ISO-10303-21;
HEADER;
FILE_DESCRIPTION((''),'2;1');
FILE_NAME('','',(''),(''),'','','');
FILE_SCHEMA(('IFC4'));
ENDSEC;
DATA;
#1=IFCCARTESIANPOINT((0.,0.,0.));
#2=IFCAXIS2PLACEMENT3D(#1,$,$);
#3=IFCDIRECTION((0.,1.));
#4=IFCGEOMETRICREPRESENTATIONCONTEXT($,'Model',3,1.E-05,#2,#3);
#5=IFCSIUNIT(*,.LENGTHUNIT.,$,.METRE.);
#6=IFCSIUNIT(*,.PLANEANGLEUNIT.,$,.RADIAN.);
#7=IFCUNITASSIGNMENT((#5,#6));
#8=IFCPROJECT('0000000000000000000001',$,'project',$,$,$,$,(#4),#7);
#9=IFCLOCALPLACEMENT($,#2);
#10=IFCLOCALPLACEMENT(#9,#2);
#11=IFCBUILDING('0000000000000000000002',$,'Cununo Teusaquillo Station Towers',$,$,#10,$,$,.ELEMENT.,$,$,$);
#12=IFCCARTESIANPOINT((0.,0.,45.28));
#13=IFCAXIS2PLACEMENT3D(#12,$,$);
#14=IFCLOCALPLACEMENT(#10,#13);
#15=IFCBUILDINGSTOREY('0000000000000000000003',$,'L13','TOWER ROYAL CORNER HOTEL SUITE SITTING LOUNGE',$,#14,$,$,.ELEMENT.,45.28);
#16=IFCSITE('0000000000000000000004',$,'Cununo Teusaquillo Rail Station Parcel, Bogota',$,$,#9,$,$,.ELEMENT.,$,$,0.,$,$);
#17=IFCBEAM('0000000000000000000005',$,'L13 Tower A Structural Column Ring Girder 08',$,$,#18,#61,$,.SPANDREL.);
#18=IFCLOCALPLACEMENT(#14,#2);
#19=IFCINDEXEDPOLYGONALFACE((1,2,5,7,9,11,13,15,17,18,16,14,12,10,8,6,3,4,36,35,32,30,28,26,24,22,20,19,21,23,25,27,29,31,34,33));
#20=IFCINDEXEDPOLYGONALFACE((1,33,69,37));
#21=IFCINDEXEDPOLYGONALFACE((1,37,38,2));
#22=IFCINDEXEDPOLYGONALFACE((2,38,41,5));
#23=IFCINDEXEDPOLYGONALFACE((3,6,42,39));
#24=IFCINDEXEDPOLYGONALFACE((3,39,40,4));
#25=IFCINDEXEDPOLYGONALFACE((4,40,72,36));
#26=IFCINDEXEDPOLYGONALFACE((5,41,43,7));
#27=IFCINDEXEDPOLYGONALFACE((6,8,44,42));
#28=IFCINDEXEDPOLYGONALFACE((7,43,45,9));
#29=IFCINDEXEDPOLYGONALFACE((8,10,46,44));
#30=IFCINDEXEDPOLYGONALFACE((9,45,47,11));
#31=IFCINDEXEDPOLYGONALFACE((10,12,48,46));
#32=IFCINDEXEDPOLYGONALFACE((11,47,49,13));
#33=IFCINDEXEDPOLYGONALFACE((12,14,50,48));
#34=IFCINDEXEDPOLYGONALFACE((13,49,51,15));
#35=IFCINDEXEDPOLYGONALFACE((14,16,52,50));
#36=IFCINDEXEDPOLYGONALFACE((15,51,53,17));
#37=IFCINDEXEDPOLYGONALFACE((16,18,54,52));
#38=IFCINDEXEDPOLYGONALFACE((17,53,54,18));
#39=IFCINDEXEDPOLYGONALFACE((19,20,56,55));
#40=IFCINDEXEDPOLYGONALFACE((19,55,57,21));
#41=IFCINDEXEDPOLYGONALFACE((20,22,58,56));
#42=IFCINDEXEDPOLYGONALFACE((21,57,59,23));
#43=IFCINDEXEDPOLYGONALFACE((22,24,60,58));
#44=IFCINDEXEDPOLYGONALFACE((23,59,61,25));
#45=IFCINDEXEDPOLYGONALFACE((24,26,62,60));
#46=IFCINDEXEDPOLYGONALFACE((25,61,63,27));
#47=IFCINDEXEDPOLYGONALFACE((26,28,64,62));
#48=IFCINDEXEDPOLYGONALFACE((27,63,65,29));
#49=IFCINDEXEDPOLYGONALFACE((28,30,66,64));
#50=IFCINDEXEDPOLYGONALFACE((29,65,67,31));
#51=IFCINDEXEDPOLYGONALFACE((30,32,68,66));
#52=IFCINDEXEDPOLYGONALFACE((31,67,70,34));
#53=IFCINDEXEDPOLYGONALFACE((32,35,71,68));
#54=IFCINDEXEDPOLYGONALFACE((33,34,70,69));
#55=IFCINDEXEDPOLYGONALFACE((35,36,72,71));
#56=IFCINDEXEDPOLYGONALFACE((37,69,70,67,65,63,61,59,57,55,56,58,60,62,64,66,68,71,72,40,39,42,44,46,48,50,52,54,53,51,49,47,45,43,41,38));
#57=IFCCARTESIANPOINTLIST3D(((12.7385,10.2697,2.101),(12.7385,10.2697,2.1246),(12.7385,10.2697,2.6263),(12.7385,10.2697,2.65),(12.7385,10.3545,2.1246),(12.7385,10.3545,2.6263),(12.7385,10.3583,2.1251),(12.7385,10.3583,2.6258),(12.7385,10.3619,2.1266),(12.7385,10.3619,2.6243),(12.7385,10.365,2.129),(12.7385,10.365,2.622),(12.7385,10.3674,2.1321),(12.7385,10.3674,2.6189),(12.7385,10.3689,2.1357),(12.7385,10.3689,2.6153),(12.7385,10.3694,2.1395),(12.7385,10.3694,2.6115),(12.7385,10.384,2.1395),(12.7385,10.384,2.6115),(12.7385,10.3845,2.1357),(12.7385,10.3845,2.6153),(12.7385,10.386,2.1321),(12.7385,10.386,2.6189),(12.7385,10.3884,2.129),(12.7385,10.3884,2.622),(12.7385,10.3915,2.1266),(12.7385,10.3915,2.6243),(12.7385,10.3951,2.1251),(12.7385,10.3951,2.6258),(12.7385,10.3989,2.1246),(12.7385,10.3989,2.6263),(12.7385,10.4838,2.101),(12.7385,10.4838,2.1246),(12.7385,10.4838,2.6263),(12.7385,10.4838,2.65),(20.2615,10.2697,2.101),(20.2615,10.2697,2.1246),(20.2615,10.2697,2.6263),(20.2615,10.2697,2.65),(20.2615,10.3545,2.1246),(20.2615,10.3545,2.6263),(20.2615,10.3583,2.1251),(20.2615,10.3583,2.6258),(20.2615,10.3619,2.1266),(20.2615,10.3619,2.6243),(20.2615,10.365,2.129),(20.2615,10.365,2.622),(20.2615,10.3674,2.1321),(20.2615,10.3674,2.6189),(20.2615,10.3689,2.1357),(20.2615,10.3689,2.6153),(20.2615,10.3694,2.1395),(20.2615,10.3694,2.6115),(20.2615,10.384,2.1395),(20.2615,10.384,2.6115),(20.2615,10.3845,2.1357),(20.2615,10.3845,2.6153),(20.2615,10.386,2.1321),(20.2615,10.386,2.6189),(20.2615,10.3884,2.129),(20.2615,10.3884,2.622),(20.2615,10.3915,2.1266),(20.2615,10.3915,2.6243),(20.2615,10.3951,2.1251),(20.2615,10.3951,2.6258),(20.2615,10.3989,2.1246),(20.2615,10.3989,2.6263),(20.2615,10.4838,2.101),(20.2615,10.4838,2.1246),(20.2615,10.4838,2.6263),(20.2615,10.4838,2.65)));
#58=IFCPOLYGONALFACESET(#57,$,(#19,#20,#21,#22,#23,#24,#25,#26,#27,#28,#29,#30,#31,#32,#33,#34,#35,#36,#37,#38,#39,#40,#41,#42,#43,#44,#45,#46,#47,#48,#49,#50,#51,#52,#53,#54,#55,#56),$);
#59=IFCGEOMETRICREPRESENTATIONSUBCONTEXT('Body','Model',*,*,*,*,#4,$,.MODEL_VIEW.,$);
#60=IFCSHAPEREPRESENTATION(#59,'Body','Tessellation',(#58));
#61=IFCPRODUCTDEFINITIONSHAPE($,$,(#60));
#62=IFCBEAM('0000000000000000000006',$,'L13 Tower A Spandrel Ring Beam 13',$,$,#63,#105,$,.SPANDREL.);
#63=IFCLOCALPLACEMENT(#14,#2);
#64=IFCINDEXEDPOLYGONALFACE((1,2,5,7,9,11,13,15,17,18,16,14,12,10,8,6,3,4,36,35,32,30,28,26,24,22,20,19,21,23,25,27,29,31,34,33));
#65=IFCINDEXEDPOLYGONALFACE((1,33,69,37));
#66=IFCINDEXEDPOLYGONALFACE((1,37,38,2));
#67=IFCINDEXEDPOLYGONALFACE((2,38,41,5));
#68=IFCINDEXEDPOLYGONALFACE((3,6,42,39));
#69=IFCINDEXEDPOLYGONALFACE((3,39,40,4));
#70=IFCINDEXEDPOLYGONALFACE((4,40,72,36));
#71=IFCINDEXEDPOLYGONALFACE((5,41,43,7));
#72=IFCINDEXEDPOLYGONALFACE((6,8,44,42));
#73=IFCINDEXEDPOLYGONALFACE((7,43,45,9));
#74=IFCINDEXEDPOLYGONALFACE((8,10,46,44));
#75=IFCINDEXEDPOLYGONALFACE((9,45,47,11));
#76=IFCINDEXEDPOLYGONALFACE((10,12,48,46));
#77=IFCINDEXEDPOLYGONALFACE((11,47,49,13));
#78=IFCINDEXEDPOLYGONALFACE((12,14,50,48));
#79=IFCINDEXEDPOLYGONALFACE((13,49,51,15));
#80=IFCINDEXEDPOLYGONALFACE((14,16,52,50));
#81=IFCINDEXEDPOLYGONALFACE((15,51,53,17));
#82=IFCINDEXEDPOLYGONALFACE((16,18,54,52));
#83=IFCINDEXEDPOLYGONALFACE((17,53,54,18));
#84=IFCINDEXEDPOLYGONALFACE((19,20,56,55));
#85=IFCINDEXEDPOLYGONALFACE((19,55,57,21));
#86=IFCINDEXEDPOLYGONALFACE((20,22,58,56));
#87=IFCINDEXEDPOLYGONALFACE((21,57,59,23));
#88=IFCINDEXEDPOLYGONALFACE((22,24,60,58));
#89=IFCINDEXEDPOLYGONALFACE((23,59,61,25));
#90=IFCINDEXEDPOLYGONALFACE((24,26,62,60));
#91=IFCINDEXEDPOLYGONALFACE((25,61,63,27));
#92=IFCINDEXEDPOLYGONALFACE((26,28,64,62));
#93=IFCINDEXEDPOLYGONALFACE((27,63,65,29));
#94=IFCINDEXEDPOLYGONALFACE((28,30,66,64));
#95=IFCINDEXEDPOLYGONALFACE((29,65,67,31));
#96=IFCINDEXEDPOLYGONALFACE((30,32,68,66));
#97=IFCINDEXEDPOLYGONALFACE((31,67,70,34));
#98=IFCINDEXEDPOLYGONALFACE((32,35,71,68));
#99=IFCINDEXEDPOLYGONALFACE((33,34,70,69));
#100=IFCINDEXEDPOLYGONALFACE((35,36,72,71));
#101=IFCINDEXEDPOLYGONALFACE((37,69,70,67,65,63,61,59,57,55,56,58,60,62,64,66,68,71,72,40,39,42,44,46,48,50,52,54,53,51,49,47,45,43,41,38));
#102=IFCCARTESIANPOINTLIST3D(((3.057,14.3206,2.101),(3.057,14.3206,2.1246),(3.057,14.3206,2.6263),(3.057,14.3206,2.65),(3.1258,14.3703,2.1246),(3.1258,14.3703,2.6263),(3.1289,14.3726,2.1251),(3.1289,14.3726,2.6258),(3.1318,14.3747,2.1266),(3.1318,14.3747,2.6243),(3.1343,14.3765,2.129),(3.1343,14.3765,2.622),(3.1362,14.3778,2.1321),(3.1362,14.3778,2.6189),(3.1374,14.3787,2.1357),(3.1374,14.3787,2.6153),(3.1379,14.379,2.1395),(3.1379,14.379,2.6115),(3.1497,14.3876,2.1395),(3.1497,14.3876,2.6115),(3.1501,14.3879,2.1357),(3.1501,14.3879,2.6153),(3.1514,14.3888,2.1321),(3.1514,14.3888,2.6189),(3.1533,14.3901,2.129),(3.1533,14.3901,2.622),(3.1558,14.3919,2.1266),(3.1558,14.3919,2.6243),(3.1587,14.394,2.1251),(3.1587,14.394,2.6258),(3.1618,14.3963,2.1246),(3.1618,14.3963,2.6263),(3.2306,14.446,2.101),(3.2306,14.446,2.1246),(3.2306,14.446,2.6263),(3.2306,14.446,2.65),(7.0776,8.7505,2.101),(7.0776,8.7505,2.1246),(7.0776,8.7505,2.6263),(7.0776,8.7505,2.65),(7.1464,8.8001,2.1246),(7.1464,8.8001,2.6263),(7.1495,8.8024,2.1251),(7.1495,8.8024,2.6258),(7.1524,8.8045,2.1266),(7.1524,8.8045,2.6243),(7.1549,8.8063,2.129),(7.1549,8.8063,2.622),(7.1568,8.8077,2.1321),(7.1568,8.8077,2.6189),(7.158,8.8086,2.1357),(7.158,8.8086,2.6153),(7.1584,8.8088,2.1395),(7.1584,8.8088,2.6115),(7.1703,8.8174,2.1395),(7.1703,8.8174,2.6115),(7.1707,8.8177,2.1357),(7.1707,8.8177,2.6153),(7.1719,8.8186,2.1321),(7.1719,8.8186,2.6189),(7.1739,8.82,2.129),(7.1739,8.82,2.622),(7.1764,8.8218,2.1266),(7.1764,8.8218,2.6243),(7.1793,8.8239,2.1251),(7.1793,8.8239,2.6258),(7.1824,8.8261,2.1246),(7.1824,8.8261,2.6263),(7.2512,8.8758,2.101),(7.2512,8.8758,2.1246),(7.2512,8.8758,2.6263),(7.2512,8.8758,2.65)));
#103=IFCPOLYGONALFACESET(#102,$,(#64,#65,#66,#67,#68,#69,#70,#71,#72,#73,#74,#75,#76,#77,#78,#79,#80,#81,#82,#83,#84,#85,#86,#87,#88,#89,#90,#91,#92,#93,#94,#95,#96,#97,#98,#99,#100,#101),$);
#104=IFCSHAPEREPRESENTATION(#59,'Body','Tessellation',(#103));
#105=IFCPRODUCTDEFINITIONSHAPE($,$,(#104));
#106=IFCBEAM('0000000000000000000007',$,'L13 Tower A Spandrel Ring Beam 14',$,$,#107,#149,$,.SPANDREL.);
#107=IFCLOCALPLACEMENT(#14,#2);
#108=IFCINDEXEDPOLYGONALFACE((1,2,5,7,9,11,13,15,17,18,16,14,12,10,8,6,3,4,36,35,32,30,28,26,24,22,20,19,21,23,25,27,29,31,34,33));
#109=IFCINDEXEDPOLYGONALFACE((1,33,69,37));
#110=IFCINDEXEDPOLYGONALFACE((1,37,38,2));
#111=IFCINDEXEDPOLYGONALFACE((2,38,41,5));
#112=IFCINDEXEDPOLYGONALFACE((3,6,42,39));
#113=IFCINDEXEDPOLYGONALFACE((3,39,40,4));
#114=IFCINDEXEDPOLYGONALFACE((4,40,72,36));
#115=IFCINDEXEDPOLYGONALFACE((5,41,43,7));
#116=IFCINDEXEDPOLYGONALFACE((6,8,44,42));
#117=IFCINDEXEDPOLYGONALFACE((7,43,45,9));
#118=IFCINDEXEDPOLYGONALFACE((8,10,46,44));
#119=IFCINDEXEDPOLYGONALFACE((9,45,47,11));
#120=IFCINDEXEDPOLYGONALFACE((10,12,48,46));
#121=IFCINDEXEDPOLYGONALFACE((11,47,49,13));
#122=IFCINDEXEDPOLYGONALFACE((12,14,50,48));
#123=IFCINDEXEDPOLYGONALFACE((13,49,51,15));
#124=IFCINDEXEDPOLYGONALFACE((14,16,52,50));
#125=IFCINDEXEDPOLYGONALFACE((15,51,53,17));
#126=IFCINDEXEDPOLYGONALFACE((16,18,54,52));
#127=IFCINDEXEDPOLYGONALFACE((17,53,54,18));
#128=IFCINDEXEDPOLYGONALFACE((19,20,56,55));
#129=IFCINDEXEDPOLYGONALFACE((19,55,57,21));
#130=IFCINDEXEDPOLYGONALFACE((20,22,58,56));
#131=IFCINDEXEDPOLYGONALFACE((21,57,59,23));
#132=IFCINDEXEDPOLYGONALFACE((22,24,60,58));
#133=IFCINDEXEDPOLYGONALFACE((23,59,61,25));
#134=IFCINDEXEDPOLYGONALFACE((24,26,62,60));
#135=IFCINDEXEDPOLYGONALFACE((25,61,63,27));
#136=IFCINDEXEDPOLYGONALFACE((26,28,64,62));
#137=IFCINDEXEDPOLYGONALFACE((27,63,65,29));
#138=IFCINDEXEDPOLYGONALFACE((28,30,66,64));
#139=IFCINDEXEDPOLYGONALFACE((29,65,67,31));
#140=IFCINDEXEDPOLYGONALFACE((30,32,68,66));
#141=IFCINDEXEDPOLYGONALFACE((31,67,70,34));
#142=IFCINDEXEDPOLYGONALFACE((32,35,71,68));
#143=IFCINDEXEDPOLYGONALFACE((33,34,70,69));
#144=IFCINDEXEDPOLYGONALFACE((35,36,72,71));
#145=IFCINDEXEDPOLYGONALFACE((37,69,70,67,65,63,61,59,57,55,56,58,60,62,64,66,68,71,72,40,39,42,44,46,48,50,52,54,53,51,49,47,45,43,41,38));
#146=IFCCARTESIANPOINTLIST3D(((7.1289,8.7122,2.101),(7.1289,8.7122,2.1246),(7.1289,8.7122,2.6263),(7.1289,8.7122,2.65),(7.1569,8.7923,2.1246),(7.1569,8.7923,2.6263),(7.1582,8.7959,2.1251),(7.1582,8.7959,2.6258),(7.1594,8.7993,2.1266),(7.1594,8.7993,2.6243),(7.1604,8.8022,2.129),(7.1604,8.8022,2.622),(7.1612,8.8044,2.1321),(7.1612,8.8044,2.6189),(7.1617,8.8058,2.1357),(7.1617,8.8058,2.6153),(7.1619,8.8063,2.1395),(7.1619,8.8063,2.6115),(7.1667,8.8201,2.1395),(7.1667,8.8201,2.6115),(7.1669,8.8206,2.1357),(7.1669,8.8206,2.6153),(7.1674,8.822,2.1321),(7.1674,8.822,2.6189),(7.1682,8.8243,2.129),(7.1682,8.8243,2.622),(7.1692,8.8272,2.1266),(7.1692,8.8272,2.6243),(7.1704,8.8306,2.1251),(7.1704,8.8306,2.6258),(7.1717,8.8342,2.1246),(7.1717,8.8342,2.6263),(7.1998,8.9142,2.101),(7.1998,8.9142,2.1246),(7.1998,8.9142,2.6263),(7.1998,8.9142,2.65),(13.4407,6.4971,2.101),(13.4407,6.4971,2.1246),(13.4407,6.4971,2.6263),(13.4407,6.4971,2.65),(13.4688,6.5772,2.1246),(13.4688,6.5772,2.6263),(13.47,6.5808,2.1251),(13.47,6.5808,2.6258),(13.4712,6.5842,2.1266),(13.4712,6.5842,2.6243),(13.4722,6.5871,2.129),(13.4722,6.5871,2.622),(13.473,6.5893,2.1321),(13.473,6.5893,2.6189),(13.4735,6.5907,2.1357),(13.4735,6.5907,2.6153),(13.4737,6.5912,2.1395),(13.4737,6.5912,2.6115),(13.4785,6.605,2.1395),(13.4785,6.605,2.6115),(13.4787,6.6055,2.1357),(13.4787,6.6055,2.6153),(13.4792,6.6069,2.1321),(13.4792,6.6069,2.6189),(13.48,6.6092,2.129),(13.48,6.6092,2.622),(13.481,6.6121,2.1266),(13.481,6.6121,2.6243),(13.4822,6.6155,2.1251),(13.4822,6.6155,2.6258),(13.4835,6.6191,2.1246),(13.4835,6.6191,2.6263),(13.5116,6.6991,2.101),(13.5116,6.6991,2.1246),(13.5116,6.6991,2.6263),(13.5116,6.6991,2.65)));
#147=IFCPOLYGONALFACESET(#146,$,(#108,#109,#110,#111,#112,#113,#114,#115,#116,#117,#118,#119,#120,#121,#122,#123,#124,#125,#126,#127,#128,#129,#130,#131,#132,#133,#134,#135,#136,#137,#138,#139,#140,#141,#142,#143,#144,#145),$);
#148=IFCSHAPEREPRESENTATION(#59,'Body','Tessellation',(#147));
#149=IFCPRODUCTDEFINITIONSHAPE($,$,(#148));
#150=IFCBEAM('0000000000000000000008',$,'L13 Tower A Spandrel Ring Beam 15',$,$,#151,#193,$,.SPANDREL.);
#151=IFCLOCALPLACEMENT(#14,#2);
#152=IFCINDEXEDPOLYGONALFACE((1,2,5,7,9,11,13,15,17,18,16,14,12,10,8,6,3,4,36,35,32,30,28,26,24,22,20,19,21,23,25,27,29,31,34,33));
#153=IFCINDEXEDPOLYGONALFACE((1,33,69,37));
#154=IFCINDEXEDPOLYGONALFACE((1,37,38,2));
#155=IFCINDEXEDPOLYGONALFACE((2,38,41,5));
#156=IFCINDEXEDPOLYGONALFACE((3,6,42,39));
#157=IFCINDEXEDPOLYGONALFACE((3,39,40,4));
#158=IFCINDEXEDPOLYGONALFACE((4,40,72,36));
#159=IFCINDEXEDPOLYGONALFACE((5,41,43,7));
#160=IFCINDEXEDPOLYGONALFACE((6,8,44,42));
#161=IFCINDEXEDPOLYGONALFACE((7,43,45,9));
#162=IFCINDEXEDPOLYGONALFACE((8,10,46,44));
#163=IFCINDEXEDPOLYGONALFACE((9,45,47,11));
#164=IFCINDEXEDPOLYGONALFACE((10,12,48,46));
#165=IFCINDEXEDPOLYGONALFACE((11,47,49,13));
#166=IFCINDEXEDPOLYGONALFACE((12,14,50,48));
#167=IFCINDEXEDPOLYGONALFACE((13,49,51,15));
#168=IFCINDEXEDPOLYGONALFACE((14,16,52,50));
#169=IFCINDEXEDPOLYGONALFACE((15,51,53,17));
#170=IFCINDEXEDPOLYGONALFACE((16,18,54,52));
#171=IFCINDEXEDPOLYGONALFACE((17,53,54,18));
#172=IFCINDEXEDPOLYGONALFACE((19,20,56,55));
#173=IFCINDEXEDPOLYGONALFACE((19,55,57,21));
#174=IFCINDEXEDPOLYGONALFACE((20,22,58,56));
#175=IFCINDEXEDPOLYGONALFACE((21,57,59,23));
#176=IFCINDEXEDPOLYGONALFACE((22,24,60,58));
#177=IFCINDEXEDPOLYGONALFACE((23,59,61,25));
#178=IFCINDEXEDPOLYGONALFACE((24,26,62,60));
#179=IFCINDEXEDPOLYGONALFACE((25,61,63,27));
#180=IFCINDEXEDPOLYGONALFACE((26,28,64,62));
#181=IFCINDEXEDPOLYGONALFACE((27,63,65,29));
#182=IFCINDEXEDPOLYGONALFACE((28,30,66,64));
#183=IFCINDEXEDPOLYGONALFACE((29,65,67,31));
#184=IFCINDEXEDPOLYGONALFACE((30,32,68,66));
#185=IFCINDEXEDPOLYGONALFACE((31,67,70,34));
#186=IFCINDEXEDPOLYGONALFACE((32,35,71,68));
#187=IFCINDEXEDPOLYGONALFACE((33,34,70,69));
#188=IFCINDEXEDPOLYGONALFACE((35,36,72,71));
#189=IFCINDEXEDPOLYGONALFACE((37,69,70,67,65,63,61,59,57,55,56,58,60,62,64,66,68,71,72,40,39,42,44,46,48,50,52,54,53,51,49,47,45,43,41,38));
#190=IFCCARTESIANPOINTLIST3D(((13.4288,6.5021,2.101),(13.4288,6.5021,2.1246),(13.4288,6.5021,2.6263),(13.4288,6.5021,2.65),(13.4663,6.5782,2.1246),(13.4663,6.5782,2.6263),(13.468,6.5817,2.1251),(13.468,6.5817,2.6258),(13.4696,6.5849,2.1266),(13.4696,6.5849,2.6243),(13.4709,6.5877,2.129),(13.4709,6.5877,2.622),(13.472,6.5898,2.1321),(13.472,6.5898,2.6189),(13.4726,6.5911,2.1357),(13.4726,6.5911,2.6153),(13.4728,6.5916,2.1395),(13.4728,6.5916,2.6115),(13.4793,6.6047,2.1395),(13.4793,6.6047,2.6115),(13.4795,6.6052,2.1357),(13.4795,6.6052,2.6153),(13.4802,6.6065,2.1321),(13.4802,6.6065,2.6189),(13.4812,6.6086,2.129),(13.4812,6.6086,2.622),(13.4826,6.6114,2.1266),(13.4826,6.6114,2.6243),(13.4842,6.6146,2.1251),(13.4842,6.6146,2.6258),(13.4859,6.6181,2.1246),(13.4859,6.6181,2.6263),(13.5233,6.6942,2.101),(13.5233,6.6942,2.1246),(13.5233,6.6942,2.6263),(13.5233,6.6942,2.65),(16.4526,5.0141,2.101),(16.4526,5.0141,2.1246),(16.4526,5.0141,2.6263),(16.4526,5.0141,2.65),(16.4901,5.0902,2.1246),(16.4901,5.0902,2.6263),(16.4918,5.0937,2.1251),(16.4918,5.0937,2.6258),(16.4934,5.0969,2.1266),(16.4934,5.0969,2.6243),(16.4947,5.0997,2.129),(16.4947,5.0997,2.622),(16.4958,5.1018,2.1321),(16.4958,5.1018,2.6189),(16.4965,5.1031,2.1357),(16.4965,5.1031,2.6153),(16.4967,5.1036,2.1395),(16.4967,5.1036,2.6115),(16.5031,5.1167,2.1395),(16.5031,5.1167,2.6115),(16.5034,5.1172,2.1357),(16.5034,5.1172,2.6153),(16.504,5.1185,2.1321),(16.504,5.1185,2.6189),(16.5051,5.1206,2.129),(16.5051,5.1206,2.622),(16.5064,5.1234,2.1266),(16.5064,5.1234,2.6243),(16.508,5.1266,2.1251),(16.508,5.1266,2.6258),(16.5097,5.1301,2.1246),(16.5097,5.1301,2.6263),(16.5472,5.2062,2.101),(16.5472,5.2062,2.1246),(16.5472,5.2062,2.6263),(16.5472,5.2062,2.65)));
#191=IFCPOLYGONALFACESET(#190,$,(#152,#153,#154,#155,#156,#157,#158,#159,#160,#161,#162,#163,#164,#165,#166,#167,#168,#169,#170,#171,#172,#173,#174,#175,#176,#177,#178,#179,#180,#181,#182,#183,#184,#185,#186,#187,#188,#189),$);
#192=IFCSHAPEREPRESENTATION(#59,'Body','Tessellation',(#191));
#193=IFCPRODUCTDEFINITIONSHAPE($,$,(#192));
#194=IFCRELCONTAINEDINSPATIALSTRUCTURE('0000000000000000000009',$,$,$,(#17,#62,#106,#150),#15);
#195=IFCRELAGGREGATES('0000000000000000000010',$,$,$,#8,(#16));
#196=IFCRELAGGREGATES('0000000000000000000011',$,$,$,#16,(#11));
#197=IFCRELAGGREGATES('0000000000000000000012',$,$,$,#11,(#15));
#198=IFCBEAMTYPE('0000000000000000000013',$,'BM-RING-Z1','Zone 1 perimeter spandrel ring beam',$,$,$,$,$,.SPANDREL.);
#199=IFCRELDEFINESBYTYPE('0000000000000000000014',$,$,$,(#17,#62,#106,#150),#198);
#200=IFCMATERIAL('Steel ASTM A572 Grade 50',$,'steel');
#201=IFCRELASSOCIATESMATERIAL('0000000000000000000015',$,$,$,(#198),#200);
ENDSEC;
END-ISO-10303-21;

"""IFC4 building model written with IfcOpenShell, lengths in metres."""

from ifc_helpers import new_model, si_unit, direction, frame, origin, origin_2d, place, context, subcontext, project, spatial, i_section, extrude, material, material_profile, profile_set, type_object, element, save


model = new_model("IFC4")

# Units and contexts
model_context = context("Model", 3, precision=1e-05, world=origin(), true_north=direction((0.0, 1.0)))
body_context = subcontext(model_context, "Body", "Model", "MODEL_VIEW")
ifc_project = project(units=[si_unit("LENGTHUNIT", "METRE"), si_unit("PLANEANGLEUNIT", "RADIAN")], contexts=[model_context])

# Site, building, storey
site_placement = place(None, origin())
site = spatial("IfcSite", under=ifc_project, at=site_placement, Name="Cununo Teusaquillo Rail Station Parcel, Bogota", CompositionType="ELEMENT", RefElevation=0.0)
building_placement = place(site_placement, origin())
building = spatial("IfcBuilding", under=site, at=building_placement, Name="Cununo Teusaquillo Station Towers", CompositionType="ELEMENT")
storey_placement = place(building_placement, frame((0.0, 0.0, 45.28)))
storey = spatial("IfcBuildingStorey", under=building, at=storey_placement, Name="L13", Description="TOWER ROYAL CORNER HOTEL SUITE SITTING LOUNGE", CompositionType="ELEMENT", Elevation=45.28)

# Beams
ifc_material_1 = material(Name="Steel ASTM A572 Grade 50", Category="steel")
ifc_material_profile_1 = material_profile(ifc_material_1, i_section(OverallWidth=0.2141, OverallDepth=0.5491, WebThickness=0.0146, FlangeThickness=0.0237, FilletRadius=0.0149, at=origin_2d()), Name="W21X93")
ifc_profile_set_1 = profile_set([ifc_material_profile_1], Name="Steel ASTM A572 Grade 50")
beam_type_1 = type_object("IfcBeamType", Name="BM-RING-Z1", Description="Zone 1 perimeter spandrel ring beam", PredefinedType="SPANDREL", material=ifc_profile_set_1)
beam_1_placement = place(storey_placement, frame((12.7385, 10.3767, 2.3755), z_axis=(1.0, 0.0, 0.0), x_axis=(0.0, 1.0, 0.0)))
element("IfcBeam", 1, at=beam_1_placement, inside=storey, type_object=beam_type_1, Name="L13 Tower A Structural Column Ring Girder 08", PredefinedType="SPANDREL", context=body_context, shape_type="SweptSolid", body=[
    extrude(i_section(OverallWidth=0.2141, OverallDepth=0.5491, WebThickness=0.0146, FlangeThickness=0.0237, FilletRadius=0.0149, at=origin_2d()), origin(), (0.0, 0.0, 1.0), 7.5229),
])
beam_2_placement = place(storey_placement, frame((3.1438, 14.3833, 2.3755), z_axis=(0.585269, -0.810839, 0.0), x_axis=(0.810839, 0.585269, 0.0)))
element("IfcBeam", 2, at=beam_2_placement, inside=storey, type_object=beam_type_1, Name="L13 Tower A Spandrel Ring Beam 13", PredefinedType="SPANDREL", context=body_context, shape_type="SweptSolid", body=[
    extrude(i_section(OverallWidth=0.2141, OverallDepth=0.5491, WebThickness=0.0146, FlangeThickness=0.0237, FilletRadius=0.0149, at=origin_2d()), origin(), (0.0, 0.0, 1.0), 6.8696),
])
beam_3_placement = place(storey_placement, frame((7.1643, 8.8132, 2.3755), z_axis=(0.94358, -0.331145, 0.0), x_axis=(0.331145, 0.94358, 0.0)))
element("IfcBeam", 3, at=beam_3_placement, inside=storey, type_object=beam_type_1, Name="L13 Tower A Spandrel Ring Beam 14", PredefinedType="SPANDREL", context=body_context, shape_type="SweptSolid", body=[
    extrude(i_section(OverallWidth=0.2141, OverallDepth=0.5491, WebThickness=0.0146, FlangeThickness=0.0237, FilletRadius=0.0149, at=origin_2d()), origin(), (0.0, 0.0, 1.0), 6.6892),
])
beam_4_placement = place(storey_placement, frame((13.4761, 6.5981, 2.3755), z_axis=(0.897249, -0.441525, 0.0), x_axis=(0.441525, 0.897249, 0.0)))
element("IfcBeam", 4, at=beam_4_placement, inside=storey, type_object=beam_type_1, Name="L13 Tower A Spandrel Ring Beam 15", PredefinedType="SPANDREL", context=body_context, shape_type="SweptSolid", body=[
    extrude(i_section(OverallWidth=0.2141, OverallDepth=0.5491, WebThickness=0.0146, FlangeThickness=0.0237, FilletRadius=0.0149, at=origin_2d()), origin(), (0.0, 0.0, 1.0), 3.3701),
])

save(model, "model.ifc")
